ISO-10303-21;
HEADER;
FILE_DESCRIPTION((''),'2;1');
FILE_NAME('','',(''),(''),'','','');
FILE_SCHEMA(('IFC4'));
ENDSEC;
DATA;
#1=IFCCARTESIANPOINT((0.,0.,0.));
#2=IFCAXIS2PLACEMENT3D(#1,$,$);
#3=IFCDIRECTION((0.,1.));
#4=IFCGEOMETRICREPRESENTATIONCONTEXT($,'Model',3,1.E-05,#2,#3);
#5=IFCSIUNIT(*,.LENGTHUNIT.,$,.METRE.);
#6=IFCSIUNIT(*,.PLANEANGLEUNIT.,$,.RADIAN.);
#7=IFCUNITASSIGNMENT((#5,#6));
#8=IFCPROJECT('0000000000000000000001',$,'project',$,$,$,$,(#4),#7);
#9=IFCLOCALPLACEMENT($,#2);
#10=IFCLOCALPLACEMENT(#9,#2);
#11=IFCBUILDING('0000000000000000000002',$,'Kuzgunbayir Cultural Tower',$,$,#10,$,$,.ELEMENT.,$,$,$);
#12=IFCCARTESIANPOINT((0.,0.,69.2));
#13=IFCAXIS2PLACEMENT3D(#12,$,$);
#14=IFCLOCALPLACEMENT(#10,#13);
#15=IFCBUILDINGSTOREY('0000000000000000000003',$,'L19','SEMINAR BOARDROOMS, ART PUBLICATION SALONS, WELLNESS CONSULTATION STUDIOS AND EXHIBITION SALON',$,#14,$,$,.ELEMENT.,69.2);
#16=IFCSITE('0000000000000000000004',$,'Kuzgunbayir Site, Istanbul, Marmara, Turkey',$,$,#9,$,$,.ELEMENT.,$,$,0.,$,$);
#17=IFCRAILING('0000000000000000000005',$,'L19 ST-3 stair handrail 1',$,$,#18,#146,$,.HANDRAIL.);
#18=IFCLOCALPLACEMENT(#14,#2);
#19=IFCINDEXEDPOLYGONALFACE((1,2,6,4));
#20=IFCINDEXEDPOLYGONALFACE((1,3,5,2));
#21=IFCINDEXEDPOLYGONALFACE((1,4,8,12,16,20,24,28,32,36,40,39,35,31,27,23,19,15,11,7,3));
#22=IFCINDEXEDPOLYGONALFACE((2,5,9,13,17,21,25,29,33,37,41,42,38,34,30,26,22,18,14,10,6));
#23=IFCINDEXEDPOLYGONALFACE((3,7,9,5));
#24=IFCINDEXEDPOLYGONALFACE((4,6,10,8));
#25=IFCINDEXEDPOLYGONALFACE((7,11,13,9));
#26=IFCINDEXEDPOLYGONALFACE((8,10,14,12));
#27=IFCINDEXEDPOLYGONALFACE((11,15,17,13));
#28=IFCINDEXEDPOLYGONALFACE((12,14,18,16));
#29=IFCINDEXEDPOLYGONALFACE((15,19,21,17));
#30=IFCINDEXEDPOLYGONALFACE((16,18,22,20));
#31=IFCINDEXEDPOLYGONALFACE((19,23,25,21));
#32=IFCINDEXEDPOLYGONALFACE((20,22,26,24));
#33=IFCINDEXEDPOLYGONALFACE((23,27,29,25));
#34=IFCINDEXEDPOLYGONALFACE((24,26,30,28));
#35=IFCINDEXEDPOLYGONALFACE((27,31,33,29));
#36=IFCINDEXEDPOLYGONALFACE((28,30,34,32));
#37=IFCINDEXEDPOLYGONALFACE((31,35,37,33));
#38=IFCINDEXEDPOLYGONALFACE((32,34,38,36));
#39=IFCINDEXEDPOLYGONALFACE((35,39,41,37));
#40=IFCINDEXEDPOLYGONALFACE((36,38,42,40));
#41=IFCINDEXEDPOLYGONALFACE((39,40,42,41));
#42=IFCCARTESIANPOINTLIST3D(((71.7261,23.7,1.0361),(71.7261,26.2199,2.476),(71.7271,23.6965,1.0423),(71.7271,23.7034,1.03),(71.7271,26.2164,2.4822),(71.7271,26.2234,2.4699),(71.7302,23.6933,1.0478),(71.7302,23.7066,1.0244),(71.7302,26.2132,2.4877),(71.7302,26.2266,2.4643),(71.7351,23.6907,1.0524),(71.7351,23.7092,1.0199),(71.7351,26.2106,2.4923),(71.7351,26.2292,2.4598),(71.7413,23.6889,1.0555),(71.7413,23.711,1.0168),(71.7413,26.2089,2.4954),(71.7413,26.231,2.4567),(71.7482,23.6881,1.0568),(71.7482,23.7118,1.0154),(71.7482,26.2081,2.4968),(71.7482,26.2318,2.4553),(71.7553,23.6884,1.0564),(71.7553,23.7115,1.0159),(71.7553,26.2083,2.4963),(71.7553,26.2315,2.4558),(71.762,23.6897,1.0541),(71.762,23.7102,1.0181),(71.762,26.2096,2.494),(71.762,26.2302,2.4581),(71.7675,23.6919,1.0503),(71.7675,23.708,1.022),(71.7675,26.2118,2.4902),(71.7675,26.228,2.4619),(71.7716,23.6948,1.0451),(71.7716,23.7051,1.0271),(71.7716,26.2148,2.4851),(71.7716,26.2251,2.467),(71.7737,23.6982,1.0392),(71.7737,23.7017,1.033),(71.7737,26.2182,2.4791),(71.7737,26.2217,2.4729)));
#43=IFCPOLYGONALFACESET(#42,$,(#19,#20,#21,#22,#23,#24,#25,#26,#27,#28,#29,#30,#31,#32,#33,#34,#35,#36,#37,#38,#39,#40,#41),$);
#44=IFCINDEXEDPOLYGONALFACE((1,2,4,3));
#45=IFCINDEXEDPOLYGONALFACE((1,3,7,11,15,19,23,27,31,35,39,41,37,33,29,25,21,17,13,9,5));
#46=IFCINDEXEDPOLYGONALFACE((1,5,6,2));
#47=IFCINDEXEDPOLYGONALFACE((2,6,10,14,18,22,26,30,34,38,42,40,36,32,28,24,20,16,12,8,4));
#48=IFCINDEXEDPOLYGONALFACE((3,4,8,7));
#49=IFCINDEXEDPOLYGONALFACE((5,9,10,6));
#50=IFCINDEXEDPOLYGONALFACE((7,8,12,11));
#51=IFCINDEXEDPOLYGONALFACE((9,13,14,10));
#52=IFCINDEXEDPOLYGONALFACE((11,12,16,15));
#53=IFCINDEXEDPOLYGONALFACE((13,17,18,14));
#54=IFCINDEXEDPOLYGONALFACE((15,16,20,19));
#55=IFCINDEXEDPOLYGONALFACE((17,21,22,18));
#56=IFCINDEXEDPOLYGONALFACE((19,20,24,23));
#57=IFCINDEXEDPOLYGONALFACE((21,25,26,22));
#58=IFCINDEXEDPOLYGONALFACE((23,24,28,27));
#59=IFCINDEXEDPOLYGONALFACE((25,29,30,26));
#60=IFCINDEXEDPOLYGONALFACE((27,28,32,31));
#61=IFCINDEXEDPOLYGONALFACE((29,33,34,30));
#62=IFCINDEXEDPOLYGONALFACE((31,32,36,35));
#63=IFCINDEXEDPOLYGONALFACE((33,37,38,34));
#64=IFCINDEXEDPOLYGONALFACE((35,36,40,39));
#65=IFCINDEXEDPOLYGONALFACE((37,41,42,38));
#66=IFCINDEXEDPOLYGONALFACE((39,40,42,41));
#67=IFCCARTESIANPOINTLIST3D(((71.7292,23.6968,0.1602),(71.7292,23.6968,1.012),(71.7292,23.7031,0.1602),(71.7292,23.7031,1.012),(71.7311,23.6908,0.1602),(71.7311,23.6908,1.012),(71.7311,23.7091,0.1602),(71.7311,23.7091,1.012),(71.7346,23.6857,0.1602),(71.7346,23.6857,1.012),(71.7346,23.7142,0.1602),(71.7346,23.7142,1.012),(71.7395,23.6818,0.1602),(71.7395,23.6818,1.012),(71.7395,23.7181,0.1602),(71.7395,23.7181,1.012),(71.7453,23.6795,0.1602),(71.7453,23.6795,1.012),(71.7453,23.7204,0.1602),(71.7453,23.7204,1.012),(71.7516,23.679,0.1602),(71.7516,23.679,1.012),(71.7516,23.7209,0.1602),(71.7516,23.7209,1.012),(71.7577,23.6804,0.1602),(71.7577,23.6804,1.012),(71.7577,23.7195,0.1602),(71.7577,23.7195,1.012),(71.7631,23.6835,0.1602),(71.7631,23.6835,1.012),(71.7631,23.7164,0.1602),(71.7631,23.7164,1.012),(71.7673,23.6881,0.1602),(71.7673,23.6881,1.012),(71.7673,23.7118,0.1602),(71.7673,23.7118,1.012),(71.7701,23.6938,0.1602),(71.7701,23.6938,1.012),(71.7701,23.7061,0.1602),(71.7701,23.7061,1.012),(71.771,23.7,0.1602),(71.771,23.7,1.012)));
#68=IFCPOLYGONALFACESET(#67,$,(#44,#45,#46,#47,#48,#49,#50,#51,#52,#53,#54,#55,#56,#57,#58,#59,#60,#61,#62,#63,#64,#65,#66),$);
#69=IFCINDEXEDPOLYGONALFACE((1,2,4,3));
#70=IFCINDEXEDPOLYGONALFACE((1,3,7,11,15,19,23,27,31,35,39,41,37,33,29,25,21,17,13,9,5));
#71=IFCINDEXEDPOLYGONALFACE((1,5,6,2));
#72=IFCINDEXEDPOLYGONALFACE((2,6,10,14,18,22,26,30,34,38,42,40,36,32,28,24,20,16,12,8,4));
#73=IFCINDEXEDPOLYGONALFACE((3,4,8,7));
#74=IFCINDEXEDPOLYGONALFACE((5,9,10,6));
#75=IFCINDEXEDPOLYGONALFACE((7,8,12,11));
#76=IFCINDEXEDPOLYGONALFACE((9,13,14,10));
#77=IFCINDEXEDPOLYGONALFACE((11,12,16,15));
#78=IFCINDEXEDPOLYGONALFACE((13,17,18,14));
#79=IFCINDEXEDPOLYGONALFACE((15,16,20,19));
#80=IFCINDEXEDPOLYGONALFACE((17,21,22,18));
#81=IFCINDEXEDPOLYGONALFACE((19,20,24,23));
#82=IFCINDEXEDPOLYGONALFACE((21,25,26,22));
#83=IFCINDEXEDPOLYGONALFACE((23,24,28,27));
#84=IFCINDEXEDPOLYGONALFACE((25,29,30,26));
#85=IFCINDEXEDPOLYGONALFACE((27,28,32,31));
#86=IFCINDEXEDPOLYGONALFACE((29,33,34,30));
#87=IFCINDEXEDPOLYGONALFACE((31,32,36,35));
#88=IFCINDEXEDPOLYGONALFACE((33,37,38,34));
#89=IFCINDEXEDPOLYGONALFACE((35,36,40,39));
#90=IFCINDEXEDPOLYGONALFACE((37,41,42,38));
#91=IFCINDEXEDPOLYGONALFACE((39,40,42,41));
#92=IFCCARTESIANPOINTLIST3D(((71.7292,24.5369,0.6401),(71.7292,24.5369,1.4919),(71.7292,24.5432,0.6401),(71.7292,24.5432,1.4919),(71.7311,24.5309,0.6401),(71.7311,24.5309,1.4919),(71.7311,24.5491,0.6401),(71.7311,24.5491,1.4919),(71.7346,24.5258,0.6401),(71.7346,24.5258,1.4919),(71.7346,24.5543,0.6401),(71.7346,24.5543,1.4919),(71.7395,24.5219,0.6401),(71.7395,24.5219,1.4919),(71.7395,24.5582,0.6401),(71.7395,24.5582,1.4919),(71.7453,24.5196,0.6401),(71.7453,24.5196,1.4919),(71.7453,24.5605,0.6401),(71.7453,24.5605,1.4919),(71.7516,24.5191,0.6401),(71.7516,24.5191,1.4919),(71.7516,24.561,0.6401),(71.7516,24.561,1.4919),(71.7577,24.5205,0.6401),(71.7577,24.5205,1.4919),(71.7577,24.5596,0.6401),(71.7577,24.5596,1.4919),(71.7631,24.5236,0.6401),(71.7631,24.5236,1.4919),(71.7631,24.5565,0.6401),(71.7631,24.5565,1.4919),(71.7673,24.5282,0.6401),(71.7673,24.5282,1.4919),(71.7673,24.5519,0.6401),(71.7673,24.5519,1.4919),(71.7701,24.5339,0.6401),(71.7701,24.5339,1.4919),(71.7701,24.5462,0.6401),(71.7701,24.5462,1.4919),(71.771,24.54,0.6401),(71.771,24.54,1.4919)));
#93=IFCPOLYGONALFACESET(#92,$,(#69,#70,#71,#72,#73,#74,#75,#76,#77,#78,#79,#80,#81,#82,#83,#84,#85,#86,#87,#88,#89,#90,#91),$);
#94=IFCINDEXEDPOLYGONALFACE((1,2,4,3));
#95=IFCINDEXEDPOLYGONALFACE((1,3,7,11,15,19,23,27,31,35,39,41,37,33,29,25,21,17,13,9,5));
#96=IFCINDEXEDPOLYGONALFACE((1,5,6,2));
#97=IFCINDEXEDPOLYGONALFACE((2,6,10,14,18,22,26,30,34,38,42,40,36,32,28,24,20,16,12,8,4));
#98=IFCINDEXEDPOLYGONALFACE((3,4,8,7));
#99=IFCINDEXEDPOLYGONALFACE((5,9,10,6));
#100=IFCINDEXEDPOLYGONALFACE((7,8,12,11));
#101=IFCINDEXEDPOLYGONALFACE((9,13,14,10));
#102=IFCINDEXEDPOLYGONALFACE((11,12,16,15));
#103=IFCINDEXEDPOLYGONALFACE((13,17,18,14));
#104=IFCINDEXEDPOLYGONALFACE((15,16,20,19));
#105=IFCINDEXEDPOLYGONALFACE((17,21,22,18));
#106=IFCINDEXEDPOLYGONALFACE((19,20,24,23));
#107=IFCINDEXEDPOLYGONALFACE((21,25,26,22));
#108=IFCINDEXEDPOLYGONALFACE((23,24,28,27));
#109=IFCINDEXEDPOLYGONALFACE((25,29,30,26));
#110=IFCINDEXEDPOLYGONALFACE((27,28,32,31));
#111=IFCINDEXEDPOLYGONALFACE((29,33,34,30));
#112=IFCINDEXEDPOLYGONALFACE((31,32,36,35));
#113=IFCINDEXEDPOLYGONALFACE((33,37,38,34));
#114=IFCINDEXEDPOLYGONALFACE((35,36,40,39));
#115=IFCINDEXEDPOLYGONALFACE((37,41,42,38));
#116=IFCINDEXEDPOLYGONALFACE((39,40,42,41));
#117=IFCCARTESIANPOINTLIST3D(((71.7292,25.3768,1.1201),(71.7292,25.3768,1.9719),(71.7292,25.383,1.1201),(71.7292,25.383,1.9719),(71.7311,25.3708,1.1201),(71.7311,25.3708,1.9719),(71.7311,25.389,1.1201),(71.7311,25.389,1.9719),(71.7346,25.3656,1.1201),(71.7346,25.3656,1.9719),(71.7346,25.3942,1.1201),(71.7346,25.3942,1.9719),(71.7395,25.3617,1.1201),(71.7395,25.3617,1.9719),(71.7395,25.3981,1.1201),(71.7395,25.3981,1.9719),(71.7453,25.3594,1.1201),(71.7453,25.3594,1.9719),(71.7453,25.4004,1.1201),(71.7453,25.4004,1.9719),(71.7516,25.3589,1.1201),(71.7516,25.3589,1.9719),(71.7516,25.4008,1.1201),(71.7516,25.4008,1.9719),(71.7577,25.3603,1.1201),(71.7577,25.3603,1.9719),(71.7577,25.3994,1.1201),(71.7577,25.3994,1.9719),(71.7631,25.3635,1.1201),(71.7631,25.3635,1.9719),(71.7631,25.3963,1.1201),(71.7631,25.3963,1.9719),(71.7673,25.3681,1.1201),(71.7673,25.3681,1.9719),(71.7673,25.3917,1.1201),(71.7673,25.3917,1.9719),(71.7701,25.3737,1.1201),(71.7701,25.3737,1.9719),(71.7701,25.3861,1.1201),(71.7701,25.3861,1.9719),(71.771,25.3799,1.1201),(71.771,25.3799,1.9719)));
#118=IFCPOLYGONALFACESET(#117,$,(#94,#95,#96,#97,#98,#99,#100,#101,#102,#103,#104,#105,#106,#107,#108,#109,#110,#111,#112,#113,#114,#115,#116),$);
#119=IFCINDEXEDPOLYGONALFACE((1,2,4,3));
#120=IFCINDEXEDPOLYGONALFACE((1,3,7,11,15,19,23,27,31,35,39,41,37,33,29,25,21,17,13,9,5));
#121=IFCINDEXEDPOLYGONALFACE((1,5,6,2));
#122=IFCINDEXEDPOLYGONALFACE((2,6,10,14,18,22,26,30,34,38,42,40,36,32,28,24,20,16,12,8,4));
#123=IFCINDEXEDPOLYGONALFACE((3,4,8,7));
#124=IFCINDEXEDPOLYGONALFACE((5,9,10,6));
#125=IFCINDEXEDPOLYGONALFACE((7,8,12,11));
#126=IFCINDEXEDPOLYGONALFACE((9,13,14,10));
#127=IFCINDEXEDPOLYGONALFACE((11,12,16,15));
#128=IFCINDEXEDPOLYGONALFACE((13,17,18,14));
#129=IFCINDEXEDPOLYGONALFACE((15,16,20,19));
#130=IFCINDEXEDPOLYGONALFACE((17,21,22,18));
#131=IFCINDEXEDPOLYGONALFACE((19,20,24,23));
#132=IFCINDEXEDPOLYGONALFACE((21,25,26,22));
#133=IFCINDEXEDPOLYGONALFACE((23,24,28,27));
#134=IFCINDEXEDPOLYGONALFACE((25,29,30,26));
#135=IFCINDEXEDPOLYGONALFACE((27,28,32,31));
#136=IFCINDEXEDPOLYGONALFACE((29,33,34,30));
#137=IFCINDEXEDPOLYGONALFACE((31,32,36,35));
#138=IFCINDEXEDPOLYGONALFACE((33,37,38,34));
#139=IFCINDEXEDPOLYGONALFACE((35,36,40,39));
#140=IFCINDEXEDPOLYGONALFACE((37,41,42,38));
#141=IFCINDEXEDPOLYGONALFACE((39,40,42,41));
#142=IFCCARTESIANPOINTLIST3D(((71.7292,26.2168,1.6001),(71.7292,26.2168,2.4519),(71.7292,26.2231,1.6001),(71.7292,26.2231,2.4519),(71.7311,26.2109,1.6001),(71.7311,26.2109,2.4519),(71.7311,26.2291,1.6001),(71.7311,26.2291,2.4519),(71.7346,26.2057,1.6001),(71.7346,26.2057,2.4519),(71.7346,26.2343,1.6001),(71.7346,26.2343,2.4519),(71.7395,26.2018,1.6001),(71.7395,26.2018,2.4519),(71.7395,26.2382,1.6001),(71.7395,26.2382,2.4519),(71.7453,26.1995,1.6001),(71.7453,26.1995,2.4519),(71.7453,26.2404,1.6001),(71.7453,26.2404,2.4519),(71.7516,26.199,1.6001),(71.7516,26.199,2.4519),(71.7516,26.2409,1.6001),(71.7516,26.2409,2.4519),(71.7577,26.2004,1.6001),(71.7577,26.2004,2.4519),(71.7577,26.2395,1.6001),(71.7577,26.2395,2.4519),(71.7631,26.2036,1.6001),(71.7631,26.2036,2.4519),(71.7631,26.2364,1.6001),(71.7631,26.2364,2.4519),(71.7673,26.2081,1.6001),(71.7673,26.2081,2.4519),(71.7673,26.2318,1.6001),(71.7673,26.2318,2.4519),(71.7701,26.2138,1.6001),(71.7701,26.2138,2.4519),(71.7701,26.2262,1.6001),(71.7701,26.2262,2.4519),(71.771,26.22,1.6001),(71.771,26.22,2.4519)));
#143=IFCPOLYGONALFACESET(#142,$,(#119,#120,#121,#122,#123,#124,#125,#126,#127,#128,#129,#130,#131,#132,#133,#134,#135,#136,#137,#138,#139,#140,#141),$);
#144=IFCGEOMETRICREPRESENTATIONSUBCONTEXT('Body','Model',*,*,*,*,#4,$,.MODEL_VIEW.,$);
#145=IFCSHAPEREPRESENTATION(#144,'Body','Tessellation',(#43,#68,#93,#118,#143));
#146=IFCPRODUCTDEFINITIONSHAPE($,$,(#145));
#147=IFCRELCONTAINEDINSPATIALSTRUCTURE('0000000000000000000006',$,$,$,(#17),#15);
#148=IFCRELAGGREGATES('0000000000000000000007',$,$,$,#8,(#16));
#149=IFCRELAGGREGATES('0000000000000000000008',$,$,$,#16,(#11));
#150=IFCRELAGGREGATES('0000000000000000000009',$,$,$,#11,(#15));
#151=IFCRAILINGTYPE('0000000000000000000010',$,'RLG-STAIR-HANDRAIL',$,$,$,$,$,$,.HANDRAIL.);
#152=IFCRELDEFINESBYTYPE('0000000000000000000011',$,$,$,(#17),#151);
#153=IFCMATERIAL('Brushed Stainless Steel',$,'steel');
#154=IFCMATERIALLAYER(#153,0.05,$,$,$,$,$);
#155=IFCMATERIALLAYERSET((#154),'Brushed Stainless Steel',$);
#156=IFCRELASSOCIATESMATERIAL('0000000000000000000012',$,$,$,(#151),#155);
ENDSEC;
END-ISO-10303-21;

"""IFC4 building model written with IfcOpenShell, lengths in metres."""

from ifc_helpers import new_model, si_unit, direction, frame, origin, origin_2d, place, context, subcontext, project, spatial, circle, extrude, material, layer, layer_set, type_object, element, save


model = new_model("IFC4")

# Units and contexts
model_context = context("Model", 3, precision=1e-05, world=origin(), true_north=direction((0.0, 1.0)))
body_context = subcontext(model_context, "Body", "Model", "MODEL_VIEW")
ifc_project = project(units=[si_unit("LENGTHUNIT", "METRE"), si_unit("PLANEANGLEUNIT", "RADIAN")], contexts=[model_context])

# Site, building, storey
site_placement = place(None, origin())
site = spatial("IfcSite", under=ifc_project, at=site_placement, Name="Kuzgunbayir Site, Istanbul, Marmara, Turkey", CompositionType="ELEMENT", RefElevation=0.0)
building_placement = place(site_placement, origin())
building = spatial("IfcBuilding", under=site, at=building_placement, Name="Kuzgunbayir Cultural Tower", CompositionType="ELEMENT")
storey_placement = place(building_placement, frame((0.0, 0.0, 69.2)))
storey = spatial("IfcBuildingStorey", under=building, at=storey_placement, Name="L19", Description="SEMINAR BOARDROOMS, ART PUBLICATION SALONS, WELLNESS CONSULTATION STUDIOS AND EXHIBITION SALON", CompositionType="ELEMENT", Elevation=69.2)

# Railing
ifc_material_1 = material(Name="Brushed Stainless Steel", Category="steel")
ifc_layer_1 = layer(ifc_material_1, 0.05)
ifc_layer_set_1 = layer_set([ifc_layer_1], Name="Brushed Stainless Steel")
railing_type_1 = type_object("IfcRailingType", Name="RLG-STAIR-HANDRAIL", PredefinedType="HANDRAIL", material=ifc_layer_set_1)
railing_1_placement = place(storey_placement, frame((71.75, 23.7, 0.1602)))
element("IfcRailing", 1, at=railing_1_placement, inside=storey, type_object=railing_type_1, Name="L19 ST-3 stair handrail 1", PredefinedType="HANDRAIL", context=body_context, shape_type="SweptSolid", body=[
    extrude(circle(Radius=0.0239, at=origin_2d()), frame((0.0, 0.0, 0.876), z_axis=(0.0, 0.868253, 0.496121), x_axis=(-1.0, 0.0, 0.0)), (0.0, 0.0, 1.0), 2.9023),
    extrude(circle(Radius=0.021, at=origin_2d()), origin(), (0.0, 0.0, 1.0), 0.8518),
    extrude(circle(Radius=0.021, at=origin_2d()), frame((0.0, 0.8401, 0.48)), (0.0, 0.0, 1.0), 0.8518),
    extrude(circle(Radius=0.021, at=origin_2d()), frame((0.0, 1.6799, 0.96)), (0.0, 0.0, 1.0), 0.8518),
    extrude(circle(Radius=0.021, at=origin_2d()), frame((0.0, 2.52, 1.4399)), (0.0, 0.0, 1.0), 0.8518),
])

save(model, "model.ifc")
